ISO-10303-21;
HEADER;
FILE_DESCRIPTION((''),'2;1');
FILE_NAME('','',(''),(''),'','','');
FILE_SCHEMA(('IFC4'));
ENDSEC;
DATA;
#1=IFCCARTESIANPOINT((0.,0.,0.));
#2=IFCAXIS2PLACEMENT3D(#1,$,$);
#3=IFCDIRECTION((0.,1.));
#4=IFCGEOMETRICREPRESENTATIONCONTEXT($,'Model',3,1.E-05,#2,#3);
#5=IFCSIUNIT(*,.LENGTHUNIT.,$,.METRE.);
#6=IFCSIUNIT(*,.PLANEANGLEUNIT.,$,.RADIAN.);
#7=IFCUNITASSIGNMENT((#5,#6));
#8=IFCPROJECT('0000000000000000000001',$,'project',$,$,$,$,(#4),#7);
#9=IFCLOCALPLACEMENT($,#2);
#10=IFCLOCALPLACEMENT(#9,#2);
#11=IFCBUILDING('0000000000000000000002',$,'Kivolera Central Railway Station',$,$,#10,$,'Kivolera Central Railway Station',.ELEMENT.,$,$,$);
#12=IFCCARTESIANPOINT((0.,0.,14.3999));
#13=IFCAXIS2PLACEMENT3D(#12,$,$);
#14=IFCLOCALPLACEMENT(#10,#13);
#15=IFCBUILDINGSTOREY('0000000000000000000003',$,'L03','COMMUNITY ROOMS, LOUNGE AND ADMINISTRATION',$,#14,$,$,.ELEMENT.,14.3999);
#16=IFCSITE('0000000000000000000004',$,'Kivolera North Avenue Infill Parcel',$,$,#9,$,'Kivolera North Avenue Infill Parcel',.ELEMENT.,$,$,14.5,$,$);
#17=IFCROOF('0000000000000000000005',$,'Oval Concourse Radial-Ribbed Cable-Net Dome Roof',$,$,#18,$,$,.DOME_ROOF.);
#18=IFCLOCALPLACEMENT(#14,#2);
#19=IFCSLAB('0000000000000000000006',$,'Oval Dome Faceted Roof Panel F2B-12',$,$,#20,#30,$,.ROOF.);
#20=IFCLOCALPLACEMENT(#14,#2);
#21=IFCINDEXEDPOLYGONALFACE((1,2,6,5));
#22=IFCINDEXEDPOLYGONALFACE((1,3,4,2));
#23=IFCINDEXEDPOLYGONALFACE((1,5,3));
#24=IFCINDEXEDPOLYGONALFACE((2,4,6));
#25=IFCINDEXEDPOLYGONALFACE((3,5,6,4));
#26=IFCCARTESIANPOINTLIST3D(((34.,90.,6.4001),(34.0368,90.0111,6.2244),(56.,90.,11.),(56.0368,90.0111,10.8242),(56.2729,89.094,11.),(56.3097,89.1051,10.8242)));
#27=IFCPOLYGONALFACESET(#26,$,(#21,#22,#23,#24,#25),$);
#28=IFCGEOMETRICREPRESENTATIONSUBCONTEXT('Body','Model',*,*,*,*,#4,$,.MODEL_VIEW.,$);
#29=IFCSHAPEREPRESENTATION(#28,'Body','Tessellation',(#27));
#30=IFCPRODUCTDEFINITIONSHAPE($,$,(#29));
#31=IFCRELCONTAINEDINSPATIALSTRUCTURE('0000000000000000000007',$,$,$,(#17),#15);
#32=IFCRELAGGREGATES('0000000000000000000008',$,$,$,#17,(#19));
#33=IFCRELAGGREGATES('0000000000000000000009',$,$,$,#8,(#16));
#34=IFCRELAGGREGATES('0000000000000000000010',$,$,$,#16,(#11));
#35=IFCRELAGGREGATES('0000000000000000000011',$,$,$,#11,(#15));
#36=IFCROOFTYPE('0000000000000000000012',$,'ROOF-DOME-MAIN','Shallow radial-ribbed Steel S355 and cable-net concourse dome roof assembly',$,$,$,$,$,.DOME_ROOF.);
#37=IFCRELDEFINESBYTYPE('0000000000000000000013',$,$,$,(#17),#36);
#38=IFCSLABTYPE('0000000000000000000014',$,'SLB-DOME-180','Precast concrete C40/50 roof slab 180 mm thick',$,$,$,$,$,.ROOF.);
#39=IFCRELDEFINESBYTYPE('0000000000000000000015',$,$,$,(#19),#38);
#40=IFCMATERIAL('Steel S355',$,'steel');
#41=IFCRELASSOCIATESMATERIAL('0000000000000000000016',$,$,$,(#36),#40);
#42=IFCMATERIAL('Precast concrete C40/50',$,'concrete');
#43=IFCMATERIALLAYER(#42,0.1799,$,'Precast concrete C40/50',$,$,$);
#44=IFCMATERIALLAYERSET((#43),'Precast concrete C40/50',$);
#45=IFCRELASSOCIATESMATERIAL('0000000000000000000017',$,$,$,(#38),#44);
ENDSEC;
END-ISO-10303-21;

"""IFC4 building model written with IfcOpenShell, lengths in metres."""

from ifc_helpers import new_model, si_unit, direction, frame, origin, place, context, subcontext, project, spatial, polyline, outline, extrude, material, layer, layer_set, type_object, element, aggregate, save


model = new_model("IFC4")

# Units and contexts
model_context = context("Model", 3, precision=1e-05, world=origin(), true_north=direction((0.0, 1.0)))
body_context = subcontext(model_context, "Body", "Model", "MODEL_VIEW")
ifc_project = project(units=[si_unit("LENGTHUNIT", "METRE"), si_unit("PLANEANGLEUNIT", "RADIAN")], contexts=[model_context])

# Site, building, storey
site_placement = place(None, origin())
site = spatial("IfcSite", under=ifc_project, at=site_placement, Name="Kivolera North Avenue Infill Parcel", LongName="Kivolera North Avenue Infill Parcel", CompositionType="ELEMENT", RefElevation=14.5)
building_placement = place(site_placement, origin())
building = spatial("IfcBuilding", under=site, at=building_placement, Name="Kivolera Central Railway Station", LongName="Kivolera Central Railway Station", CompositionType="ELEMENT")
storey_placement = place(building_placement, frame((0.0, 0.0, 14.3999)))
storey = spatial("IfcBuildingStorey", under=building, at=storey_placement, Name="L03", Description="COMMUNITY ROOMS, LOUNGE AND ADMINISTRATION", CompositionType="ELEMENT", Elevation=14.3999)

# Shared definitions
ifc_material_1 = material(Name="Steel S355", Category="steel")

# Roof, slab
roof_type = type_object("IfcRoofType", Name="ROOF-DOME-MAIN", Description="Shallow radial-ribbed Steel S355 and cable-net concourse dome roof assembly", PredefinedType="DOME_ROOF", material=ifc_material_1)
roof_placement = place(storey_placement, origin())
roof = element("IfcRoof", 1, at=roof_placement, inside=storey, type_object=roof_type, Name="Oval Concourse Radial-Ribbed Cable-Net Dome Roof", PredefinedType="DOME_ROOF")
ifc_material_2 = material(Name="Precast concrete C40/50", Category="concrete")
ifc_layer_1 = layer(ifc_material_2, 0.1799, Name="Precast concrete C40/50")
ifc_layer_set_1 = layer_set([ifc_layer_1], Name="Precast concrete C40/50")
slab_type = type_object("IfcSlabType", Name="SLB-DOME-180", Description="Precast concrete C40/50 roof slab 180 mm thick", PredefinedType="ROOF", material=ifc_layer_set_1)
slab_1_placement = place(storey_placement, frame((34.0, 90.0, 6.4001), z_axis=(-0.204271, -0.06154, 0.976978), x_axis=(0.978557, -0.039805, 0.202094)))
slab_1 = element("IfcSlab", 2, at=slab_1_placement, type_object=slab_type, Name="Oval Dome Faceted Roof Panel F2B-12", PredefinedType="ROOF", context=body_context, shape_type="SweptSolid", body=[
    extrude(outline(polyline([(0.0, 0.0), (22.761, 0.0), (22.4579, 0.8963), (0.0, 0.0)])), origin(), (0.0, 0.0, -1.0), 0.1799),
])
aggregate(roof, [slab_1])

save(model, "model.ifc")
